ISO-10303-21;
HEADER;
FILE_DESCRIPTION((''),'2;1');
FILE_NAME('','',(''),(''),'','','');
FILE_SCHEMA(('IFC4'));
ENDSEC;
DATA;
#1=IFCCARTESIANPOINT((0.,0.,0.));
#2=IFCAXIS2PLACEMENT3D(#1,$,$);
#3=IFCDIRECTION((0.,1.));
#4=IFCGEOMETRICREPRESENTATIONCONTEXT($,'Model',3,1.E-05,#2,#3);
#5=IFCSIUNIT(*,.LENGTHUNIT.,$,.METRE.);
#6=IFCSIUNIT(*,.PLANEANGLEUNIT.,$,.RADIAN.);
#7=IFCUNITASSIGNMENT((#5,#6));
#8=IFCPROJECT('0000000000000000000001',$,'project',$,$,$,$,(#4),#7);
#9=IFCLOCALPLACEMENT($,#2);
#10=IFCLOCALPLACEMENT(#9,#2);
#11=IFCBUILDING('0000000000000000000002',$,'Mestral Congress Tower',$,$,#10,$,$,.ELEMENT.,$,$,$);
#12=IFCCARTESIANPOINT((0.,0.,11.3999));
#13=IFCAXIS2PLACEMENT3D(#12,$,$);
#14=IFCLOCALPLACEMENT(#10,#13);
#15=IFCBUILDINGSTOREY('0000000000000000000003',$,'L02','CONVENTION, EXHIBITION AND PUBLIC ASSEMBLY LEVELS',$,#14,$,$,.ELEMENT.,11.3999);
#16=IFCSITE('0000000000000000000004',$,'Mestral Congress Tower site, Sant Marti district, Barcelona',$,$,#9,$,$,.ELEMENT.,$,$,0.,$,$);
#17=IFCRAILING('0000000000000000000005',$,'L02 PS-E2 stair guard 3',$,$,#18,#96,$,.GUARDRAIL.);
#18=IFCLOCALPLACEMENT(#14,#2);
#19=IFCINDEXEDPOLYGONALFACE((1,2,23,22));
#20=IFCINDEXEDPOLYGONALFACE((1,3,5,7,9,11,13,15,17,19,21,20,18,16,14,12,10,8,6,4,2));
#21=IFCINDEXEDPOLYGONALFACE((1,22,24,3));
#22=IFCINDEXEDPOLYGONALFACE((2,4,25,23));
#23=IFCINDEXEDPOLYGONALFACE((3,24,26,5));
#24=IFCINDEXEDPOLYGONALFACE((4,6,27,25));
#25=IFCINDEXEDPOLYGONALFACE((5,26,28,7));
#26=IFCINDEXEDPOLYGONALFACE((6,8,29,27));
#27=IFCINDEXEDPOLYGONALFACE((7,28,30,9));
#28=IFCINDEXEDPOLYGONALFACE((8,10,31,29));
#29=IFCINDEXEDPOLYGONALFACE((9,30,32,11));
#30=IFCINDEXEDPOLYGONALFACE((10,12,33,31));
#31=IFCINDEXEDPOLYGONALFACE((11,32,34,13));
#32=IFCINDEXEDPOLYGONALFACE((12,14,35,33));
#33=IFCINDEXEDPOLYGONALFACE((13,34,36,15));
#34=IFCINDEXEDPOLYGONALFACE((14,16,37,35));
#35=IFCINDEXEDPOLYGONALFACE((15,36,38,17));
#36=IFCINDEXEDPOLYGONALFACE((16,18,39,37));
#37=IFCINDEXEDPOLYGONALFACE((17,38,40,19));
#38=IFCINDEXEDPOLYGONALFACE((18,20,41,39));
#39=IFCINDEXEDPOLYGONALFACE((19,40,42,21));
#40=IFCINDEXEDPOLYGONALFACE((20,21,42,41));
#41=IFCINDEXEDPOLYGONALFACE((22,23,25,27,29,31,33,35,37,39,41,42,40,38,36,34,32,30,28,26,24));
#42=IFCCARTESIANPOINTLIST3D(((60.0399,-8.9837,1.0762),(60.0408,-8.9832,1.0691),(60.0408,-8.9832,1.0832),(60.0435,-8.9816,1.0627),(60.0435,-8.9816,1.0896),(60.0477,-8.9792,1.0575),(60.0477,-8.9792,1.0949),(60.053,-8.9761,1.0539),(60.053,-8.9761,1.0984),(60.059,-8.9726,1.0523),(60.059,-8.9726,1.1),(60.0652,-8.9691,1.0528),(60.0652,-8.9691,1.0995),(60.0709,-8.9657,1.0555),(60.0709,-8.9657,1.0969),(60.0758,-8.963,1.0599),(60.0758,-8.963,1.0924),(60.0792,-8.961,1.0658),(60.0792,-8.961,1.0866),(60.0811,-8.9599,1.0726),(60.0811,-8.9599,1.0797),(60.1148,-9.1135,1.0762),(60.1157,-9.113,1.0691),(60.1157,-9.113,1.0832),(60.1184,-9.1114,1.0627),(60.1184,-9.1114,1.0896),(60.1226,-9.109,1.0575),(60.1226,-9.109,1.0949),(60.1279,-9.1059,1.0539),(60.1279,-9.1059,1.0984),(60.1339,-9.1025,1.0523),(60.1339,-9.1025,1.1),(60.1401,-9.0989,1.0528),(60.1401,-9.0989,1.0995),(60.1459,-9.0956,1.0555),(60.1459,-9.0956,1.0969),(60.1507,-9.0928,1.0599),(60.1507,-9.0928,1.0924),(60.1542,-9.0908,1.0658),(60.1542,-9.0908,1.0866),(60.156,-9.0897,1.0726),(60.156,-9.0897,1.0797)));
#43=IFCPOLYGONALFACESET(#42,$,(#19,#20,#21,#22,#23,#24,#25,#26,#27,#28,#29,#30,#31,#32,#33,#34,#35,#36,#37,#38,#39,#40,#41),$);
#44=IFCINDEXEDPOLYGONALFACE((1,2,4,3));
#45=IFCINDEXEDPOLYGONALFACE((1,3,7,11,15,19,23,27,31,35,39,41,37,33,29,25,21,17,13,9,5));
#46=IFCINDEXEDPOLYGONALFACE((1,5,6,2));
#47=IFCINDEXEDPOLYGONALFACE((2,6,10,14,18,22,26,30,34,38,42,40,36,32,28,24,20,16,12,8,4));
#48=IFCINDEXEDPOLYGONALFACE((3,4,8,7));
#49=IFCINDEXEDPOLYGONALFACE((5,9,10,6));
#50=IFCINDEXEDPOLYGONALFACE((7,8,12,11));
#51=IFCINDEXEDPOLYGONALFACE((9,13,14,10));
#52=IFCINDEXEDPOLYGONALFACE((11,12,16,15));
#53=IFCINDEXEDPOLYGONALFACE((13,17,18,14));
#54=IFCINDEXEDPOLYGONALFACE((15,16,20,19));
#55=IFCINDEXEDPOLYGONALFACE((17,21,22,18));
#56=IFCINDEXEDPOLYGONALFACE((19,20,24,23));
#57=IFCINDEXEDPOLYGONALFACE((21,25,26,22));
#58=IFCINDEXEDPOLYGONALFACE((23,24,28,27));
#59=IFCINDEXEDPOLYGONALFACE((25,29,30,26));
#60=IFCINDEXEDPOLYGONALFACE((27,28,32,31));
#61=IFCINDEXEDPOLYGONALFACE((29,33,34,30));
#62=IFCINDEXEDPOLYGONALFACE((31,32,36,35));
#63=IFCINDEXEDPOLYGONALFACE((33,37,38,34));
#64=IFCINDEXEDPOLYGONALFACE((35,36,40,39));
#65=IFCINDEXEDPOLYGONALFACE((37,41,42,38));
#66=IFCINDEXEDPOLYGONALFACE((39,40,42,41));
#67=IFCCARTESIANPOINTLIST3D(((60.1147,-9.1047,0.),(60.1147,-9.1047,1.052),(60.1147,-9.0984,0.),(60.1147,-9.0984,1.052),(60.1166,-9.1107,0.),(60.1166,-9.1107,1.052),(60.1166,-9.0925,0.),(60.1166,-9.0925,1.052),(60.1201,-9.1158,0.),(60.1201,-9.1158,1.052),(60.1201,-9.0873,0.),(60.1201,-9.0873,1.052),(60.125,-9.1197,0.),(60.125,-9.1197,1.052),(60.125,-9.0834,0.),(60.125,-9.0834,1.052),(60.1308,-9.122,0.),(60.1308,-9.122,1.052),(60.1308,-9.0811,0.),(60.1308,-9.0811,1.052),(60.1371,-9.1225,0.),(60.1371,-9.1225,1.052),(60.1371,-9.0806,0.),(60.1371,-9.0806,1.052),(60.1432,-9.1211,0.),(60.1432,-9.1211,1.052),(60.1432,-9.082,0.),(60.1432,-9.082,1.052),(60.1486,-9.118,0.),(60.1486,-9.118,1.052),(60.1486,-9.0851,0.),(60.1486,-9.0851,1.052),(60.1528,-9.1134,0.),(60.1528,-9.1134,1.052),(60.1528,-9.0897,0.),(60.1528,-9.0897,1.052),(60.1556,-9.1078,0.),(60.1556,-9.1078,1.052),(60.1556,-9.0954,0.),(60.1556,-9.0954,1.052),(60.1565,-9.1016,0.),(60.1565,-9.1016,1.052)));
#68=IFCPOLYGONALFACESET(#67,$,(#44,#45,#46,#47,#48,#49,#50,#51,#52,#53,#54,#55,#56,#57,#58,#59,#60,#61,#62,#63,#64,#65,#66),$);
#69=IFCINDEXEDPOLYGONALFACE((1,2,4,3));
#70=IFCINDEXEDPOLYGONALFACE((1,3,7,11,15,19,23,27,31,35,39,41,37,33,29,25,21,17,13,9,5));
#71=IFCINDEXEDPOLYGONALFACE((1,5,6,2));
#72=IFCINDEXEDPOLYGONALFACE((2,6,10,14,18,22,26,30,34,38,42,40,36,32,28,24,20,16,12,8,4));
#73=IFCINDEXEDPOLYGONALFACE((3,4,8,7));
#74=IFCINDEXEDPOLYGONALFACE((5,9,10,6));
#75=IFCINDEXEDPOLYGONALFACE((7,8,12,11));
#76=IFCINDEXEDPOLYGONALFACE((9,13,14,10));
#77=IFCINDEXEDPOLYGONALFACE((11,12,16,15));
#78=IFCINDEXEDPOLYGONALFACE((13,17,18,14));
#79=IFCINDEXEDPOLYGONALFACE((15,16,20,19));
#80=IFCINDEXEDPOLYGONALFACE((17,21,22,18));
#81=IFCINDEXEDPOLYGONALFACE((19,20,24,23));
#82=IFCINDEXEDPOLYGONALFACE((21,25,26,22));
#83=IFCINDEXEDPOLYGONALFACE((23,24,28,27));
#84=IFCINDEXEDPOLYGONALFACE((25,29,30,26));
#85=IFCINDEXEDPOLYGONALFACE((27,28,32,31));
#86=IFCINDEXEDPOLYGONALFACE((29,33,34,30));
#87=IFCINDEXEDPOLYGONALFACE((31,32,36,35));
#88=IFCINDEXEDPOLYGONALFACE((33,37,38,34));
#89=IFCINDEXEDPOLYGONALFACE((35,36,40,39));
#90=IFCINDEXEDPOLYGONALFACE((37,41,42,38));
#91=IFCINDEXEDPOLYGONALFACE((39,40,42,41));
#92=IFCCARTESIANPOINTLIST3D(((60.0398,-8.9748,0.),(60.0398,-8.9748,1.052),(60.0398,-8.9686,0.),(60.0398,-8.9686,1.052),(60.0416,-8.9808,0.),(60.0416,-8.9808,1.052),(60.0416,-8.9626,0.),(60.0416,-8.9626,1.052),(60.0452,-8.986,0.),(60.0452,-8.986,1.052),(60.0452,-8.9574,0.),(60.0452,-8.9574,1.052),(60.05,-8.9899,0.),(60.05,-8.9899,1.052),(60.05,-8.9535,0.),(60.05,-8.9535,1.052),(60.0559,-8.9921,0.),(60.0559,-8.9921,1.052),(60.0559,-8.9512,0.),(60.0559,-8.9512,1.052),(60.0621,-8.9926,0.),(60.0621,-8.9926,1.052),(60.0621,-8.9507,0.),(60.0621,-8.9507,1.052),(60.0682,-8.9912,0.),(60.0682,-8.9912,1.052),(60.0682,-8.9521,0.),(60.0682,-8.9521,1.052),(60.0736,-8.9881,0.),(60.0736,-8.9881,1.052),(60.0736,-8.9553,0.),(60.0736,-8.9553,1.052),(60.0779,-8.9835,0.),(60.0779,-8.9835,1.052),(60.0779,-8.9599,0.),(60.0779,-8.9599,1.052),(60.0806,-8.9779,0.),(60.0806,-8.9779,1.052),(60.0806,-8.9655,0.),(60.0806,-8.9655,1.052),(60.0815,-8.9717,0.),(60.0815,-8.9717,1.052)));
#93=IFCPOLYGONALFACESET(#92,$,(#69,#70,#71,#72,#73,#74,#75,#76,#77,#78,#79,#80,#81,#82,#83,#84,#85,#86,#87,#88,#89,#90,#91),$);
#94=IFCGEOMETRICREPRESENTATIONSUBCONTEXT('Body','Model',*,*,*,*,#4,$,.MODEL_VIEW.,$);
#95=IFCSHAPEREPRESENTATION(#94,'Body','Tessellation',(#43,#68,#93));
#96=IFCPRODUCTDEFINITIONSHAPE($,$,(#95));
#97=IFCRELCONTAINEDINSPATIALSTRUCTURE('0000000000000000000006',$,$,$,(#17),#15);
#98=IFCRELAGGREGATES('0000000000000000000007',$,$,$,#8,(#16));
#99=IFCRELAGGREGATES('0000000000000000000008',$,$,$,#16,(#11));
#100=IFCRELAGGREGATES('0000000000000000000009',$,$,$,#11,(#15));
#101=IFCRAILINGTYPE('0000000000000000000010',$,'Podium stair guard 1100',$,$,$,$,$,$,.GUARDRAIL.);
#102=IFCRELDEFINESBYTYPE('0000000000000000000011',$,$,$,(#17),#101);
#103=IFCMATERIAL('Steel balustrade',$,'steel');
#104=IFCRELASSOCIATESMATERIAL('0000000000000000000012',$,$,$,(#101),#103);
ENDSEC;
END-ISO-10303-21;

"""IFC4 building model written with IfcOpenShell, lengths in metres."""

from ifc_helpers import new_model, si_unit, direction, frame, origin, origin_2d, place, context, subcontext, project, spatial, circle, extrude, material, type_object, element, save


model = new_model("IFC4")

# Units and contexts
model_context = context("Model", 3, precision=1e-05, world=origin(), true_north=direction((0.0, 1.0)))
body_context = subcontext(model_context, "Body", "Model", "MODEL_VIEW")
ifc_project = project(units=[si_unit("LENGTHUNIT", "METRE"), si_unit("PLANEANGLEUNIT", "RADIAN")], contexts=[model_context])

# Site, building, storey
site_placement = place(None, origin())
site = spatial("IfcSite", under=ifc_project, at=site_placement, Name="Mestral Congress Tower site, Sant Marti district, Barcelona", CompositionType="ELEMENT", RefElevation=0.0)
building_placement = place(site_placement, origin())
building = spatial("IfcBuilding", under=site, at=building_placement, Name="Mestral Congress Tower", CompositionType="ELEMENT")
storey_placement = place(building_placement, frame((0.0, 0.0, 11.3999)))
storey = spatial("IfcBuildingStorey", under=building, at=storey_placement, Name="L02", Description="CONVENTION, EXHIBITION AND PUBLIC ASSEMBLY LEVELS", CompositionType="ELEMENT", Elevation=11.3999)

# Railing
ifc_material_1 = material(Name="Steel balustrade", Category="steel")
railing_type_1 = type_object("IfcRailingType", Name="Podium stair guard 1100", PredefinedType="GUARDRAIL", material=ifc_material_1)
railing_1_placement = place(storey_placement, frame((60.1355, -9.1016, 0.0)))
element("IfcRailing", 1, at=railing_1_placement, inside=storey, type_object=railing_type_1, Name="L02 PS-E2 stair guard 3", PredefinedType="GUARDRAIL", context=body_context, shape_type="SweptSolid", body=[
    extrude(circle(Radius=0.0239, at=origin_2d()), frame((0.0, 0.0, 1.0762), z_axis=(-0.499816, 0.866131, 0.0), x_axis=(-0.866131, -0.499816, 0.0)), (0.0, 0.0, 1.0), 0.1499),
    extrude(circle(Radius=0.021, at=origin_2d()), origin(), (0.0, 0.0, 1.0), 1.052),
    extrude(circle(Radius=0.021, at=origin_2d()), frame((-0.075, 0.1299, 0.0)), (0.0, 0.0, 1.0), 1.052),
])

save(model, "model.ifc")
